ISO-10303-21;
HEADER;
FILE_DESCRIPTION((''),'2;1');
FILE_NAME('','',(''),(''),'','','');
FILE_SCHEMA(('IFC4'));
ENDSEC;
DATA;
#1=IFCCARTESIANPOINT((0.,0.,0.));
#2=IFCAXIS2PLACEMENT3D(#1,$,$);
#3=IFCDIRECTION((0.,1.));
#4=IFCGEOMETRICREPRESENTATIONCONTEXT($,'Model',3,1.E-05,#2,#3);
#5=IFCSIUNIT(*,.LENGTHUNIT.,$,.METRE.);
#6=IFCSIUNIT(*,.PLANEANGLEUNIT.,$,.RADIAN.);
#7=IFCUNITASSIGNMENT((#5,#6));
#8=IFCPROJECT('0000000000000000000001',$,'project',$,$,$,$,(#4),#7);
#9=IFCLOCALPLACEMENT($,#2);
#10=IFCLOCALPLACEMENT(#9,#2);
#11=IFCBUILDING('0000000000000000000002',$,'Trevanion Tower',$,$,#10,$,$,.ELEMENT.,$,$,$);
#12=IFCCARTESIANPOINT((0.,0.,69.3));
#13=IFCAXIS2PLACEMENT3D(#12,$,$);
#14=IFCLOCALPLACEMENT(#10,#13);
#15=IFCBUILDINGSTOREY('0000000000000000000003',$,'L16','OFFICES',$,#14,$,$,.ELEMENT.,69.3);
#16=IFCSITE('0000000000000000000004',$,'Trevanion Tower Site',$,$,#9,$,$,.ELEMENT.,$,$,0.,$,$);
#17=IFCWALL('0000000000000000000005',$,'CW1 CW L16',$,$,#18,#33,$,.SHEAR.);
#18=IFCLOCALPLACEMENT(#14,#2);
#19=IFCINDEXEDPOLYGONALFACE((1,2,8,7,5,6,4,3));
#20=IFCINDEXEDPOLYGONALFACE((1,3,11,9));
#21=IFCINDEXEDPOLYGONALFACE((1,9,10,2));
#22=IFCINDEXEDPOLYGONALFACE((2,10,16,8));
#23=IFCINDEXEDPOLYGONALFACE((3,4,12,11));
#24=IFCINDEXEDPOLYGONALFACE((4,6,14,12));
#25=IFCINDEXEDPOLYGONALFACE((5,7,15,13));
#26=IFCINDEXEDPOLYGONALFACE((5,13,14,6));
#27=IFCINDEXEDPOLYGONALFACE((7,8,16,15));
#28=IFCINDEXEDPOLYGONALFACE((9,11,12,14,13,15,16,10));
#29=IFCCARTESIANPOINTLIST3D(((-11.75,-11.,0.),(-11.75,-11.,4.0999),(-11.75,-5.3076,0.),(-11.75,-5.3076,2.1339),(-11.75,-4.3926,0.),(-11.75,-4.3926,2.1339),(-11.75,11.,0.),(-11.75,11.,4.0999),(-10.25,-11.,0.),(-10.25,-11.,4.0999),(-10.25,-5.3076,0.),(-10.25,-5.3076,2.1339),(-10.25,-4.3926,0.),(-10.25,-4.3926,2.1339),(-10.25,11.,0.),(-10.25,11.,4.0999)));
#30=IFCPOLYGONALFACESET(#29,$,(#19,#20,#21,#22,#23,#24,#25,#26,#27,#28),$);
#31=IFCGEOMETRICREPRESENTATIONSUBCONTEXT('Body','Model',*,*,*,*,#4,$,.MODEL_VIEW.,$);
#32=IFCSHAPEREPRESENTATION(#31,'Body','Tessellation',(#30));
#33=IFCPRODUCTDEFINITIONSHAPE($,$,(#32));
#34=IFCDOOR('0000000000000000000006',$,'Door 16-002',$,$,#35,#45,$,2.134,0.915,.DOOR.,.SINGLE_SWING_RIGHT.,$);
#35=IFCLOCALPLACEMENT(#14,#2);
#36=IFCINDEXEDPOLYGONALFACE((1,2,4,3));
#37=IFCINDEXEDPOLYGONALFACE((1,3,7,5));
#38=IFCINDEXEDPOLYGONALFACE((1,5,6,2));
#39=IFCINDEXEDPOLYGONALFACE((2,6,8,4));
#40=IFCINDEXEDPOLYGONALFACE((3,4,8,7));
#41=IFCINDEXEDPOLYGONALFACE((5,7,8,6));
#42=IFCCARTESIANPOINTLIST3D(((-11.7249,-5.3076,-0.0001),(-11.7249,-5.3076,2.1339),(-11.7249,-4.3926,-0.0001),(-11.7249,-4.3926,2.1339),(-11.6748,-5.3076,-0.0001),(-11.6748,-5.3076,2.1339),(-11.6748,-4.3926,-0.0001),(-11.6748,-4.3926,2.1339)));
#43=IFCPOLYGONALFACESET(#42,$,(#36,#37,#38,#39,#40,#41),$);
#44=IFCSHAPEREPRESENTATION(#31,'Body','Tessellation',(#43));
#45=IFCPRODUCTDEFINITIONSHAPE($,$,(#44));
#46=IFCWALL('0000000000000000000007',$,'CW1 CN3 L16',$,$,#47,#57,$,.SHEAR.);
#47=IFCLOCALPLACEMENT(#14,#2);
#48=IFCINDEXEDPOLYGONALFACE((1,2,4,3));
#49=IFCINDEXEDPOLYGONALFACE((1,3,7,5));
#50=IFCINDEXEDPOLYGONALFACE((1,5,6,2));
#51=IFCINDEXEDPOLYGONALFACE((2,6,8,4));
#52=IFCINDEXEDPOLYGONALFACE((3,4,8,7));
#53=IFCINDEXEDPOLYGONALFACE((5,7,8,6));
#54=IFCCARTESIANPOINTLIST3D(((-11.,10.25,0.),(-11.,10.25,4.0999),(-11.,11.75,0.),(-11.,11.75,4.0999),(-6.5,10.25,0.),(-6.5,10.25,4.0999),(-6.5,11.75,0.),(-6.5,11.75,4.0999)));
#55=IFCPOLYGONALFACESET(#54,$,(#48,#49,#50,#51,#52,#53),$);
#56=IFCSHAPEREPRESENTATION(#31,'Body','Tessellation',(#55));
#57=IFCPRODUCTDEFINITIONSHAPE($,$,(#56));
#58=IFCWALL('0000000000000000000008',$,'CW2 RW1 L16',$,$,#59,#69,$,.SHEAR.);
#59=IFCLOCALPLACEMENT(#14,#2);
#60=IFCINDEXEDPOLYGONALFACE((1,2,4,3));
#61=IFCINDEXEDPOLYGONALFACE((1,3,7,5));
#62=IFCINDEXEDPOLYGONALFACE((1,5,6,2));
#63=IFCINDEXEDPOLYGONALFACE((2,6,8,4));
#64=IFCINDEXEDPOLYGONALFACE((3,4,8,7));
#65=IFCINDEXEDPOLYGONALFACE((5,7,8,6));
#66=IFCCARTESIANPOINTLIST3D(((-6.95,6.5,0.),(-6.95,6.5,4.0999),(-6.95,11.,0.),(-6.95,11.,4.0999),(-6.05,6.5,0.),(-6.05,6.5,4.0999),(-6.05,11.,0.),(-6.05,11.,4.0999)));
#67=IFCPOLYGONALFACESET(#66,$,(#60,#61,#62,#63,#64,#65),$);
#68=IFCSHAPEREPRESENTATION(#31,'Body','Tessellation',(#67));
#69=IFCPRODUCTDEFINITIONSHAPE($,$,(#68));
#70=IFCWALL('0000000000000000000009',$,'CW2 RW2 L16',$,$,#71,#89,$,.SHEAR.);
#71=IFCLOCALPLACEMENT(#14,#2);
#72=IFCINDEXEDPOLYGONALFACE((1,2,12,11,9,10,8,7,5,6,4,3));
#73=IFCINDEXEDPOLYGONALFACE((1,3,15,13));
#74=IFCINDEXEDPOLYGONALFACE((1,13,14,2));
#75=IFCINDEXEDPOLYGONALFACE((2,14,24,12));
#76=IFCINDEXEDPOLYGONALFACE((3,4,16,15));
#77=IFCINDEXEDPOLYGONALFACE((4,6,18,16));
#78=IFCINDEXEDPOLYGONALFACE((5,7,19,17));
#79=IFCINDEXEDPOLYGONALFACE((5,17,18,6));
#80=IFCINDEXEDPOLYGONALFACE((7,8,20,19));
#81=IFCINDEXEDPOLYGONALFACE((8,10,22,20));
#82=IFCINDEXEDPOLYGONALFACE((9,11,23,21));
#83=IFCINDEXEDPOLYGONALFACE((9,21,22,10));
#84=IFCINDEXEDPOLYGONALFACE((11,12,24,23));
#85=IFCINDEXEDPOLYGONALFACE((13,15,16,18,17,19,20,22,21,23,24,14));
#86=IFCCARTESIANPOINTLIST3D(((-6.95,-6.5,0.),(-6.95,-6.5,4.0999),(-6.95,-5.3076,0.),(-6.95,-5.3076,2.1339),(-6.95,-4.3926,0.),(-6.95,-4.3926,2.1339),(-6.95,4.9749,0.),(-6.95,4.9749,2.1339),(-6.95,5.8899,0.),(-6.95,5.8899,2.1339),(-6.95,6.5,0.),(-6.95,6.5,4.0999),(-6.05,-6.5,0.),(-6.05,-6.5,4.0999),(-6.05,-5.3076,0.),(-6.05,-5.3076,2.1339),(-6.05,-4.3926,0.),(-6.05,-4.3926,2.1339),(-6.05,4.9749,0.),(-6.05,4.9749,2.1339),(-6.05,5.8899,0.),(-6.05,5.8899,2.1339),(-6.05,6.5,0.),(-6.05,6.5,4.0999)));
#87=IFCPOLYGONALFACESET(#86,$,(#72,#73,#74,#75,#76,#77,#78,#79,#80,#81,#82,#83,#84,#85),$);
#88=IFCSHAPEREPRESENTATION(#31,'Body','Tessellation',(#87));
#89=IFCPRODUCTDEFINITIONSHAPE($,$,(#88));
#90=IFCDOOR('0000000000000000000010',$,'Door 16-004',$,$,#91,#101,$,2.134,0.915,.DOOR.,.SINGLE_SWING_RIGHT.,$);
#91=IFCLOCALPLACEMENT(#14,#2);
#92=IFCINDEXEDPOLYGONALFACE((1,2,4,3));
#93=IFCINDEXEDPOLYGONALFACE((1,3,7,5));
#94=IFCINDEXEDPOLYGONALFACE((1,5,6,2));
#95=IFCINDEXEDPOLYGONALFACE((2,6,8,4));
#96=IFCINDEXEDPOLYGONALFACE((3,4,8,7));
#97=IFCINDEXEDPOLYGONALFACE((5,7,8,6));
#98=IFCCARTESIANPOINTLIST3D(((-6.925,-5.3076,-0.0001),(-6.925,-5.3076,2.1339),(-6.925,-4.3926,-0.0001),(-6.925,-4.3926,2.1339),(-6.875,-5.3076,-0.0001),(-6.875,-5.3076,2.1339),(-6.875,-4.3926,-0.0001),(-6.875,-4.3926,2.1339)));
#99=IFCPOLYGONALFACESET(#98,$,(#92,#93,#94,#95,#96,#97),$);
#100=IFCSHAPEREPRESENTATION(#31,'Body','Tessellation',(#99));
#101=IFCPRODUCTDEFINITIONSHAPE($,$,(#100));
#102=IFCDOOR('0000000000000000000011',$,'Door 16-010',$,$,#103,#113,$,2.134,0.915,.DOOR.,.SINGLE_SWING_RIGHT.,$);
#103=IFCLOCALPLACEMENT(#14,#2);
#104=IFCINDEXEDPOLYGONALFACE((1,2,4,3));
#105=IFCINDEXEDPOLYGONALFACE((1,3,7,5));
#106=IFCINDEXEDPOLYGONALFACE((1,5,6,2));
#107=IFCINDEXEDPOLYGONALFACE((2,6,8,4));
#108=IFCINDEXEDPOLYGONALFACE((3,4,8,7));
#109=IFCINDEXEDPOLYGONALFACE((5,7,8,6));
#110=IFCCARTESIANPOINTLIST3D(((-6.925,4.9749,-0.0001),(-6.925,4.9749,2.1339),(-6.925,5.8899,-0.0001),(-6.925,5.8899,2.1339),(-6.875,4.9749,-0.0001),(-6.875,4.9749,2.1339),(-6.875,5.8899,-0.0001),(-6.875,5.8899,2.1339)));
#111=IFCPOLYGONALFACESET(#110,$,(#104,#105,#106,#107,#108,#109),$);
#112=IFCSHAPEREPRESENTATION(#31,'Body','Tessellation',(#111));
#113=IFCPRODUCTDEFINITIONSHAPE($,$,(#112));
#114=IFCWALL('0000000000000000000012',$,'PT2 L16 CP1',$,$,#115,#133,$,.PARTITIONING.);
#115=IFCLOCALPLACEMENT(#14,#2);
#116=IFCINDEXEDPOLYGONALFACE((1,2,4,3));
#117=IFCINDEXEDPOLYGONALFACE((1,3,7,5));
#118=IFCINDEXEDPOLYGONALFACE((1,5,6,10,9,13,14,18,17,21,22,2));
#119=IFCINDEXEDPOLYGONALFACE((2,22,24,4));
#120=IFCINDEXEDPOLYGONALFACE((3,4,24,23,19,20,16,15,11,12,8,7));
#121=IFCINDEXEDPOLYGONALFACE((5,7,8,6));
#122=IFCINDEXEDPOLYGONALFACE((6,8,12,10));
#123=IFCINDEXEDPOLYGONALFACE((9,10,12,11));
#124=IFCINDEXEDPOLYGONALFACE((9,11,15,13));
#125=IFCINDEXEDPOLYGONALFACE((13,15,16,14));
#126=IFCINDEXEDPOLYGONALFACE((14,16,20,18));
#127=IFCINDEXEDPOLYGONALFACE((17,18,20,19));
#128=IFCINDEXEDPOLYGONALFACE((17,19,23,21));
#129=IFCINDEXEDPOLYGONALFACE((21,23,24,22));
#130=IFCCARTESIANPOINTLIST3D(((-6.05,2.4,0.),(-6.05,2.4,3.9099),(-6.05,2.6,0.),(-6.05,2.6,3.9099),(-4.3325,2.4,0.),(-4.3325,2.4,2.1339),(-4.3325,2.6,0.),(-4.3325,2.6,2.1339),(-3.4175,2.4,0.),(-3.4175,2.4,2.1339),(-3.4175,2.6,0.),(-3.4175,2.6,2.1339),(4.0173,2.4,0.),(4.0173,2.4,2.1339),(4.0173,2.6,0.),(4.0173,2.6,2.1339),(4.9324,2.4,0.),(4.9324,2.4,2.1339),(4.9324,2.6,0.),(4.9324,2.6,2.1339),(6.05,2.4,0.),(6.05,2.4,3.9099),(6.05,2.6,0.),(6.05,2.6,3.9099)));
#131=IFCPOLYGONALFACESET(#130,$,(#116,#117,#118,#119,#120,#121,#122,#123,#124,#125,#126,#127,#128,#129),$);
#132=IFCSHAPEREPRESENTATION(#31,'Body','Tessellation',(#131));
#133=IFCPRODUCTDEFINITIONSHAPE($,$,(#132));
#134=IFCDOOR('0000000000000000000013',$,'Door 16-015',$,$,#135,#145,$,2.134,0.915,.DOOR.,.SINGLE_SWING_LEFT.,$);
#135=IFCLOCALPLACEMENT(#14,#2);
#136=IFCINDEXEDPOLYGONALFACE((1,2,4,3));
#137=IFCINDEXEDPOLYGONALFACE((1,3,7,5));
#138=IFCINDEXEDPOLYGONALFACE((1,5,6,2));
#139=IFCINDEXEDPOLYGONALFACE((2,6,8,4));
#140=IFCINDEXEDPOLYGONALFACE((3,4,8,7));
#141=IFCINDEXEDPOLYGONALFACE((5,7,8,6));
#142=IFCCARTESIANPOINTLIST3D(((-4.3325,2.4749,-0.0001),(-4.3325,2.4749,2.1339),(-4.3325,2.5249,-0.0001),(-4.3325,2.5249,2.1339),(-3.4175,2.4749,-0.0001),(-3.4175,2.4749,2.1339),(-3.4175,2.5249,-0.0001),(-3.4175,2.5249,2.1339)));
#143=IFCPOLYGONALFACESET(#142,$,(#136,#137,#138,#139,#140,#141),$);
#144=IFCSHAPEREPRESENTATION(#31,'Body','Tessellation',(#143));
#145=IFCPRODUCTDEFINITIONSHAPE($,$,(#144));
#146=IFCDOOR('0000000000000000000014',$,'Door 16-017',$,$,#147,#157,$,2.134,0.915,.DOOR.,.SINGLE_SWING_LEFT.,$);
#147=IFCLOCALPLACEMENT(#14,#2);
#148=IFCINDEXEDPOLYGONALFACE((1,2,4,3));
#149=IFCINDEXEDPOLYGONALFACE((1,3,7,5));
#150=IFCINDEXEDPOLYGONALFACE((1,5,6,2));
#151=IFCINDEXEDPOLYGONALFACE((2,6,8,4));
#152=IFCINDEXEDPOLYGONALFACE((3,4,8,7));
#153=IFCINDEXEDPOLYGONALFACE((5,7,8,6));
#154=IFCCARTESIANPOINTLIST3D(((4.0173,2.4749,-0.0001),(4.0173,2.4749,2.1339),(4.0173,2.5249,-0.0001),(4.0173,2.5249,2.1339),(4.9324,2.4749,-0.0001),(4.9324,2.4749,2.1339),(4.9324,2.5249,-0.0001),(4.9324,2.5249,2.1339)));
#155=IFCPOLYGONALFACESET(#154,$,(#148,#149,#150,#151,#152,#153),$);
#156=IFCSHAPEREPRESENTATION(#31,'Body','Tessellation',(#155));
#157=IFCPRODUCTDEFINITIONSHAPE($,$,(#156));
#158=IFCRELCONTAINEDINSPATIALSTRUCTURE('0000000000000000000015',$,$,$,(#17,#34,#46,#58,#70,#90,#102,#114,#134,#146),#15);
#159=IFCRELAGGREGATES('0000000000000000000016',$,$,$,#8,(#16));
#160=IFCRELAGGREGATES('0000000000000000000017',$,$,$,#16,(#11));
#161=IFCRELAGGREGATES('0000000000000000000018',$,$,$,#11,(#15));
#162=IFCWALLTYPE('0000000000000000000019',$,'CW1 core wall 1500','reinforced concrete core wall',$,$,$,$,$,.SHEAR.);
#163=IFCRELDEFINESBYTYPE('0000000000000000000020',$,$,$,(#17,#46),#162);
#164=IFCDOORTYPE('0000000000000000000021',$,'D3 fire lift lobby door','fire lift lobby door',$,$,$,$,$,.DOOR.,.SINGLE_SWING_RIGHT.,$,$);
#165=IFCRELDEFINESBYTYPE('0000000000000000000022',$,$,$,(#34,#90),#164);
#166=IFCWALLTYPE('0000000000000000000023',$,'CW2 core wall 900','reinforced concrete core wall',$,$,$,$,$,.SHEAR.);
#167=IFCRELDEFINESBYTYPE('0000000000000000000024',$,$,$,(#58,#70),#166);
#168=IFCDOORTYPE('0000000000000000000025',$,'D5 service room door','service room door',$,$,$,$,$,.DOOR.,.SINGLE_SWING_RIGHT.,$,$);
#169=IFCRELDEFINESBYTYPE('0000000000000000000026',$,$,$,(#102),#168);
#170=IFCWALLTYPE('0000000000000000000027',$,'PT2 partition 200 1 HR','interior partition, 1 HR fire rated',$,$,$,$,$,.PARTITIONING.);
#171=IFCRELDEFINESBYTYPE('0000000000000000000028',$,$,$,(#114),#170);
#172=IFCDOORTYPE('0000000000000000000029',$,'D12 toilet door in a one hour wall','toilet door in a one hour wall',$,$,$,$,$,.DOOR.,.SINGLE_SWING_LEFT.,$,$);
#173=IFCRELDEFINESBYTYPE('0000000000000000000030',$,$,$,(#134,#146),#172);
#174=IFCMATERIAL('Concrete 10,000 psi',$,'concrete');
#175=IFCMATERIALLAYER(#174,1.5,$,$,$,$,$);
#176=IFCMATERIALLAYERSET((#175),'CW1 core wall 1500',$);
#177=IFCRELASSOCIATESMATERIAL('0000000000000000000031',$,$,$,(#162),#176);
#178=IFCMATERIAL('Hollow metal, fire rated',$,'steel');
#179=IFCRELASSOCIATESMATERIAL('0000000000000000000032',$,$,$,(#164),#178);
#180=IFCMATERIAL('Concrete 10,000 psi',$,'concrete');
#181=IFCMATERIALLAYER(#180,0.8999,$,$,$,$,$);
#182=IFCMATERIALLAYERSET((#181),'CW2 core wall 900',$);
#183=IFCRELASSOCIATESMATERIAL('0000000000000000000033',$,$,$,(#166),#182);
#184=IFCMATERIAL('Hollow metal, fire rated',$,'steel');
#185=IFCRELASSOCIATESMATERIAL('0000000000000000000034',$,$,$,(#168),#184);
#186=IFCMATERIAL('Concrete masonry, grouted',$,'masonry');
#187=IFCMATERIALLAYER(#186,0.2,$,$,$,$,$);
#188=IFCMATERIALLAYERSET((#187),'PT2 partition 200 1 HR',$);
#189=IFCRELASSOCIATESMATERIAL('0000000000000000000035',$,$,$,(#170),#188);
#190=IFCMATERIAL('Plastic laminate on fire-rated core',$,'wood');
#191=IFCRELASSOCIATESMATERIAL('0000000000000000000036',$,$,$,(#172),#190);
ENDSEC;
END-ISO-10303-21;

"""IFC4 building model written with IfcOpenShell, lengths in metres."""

from ifc_helpers import new_model, si_unit, direction, frame, frame_2d, origin, place, context, subcontext, project, spatial, rectangle, extrude, material, layer, layer_set, type_object, element, fill, save


model = new_model("IFC4")

# Units and contexts
model_context = context("Model", 3, precision=1e-05, world=origin(), true_north=direction((0.0, 1.0)))
body_context = subcontext(model_context, "Body", "Model", "MODEL_VIEW")
ifc_project = project(units=[si_unit("LENGTHUNIT", "METRE"), si_unit("PLANEANGLEUNIT", "RADIAN")], contexts=[model_context])

# Site, building, storey
site_placement = place(None, origin())
site = spatial("IfcSite", under=ifc_project, at=site_placement, Name="Trevanion Tower Site", CompositionType="ELEMENT", RefElevation=0.0)
building_placement = place(site_placement, origin())
building = spatial("IfcBuilding", under=site, at=building_placement, Name="Trevanion Tower", CompositionType="ELEMENT")
storey_placement = place(building_placement, frame((0.0, 0.0, 69.3)))
storey = spatial("IfcBuildingStorey", under=building, at=storey_placement, Name="L16", Description="OFFICES", CompositionType="ELEMENT", Elevation=69.3)

# Wall, opening, door
ifc_material_1 = material(Name="Concrete 10,000 psi", Category="concrete")
ifc_layer_1 = layer(ifc_material_1, 1.5)
ifc_layer_set_1 = layer_set([ifc_layer_1], Name="CW1 core wall 1500")
wall_type_1 = type_object("IfcWallType", Name="CW1 core wall 1500", Description="reinforced concrete core wall", PredefinedType="SHEAR", material=ifc_layer_set_1)
wall_1_placement = place(storey_placement, frame((-11.0, 11.0, 0.0), z_axis=(0.0, 0.0, 1.0), x_axis=(0.0, -1.0, 0.0)))
wall_1 = element("IfcWall", 1, at=wall_1_placement, inside=storey, type_object=wall_type_1, Name="CW1 CW L16", PredefinedType="SHEAR", context=body_context, shape_type="SweptSolid", body=[
    extrude(rectangle(XDim=22.0, YDim=1.5, at=frame_2d((11.0, 0.0))), origin(), (0.0, 0.0, 1.0), 4.0999),
])
opening_1_placement = place(wall_1_placement, frame((15.3926, 0.0, 0.0)))
opening_1 = element("IfcOpeningElement", 2, at=opening_1_placement, cuts=wall_1, PredefinedType="OPENING", context=body_context, shape_type="SweptSolid", body=[
    extrude(rectangle(XDim=0.915, YDim=2.134, at=frame_2d((0.4575, 1.0669))), frame((0.0, 0.76, 0.0), z_axis=(0.0, -1.0, 0.0), x_axis=(1.0, 0.0, 0.0)), (0.0, 0.0, 1.0), 1.52),
])
ifc_material_2 = material(Name="Hollow metal, fire rated", Category="steel")
door_type_1 = type_object("IfcDoorType", Name="D3 fire lift lobby door", Description="fire lift lobby door", OperationType="SINGLE_SWING_RIGHT", PredefinedType="DOOR", material=ifc_material_2)
door_1_placement = place(opening_1_placement, origin())
door_1 = element("IfcDoor", 3, at=door_1_placement, inside=storey, type_object=door_type_1, Name="Door 16-002", OperationType="SINGLE_SWING_RIGHT", OverallHeight=2.134, OverallWidth=0.915, PredefinedType="DOOR", context=body_context, shape_type="SweptSolid", body=[
    extrude(rectangle(XDim=0.915, YDim=2.134, at=frame_2d((0.4575, 1.0669))), frame((0.0, -0.6748, 0.0), z_axis=(0.0, -1.0, 0.0), x_axis=(1.0, 0.0, 0.0)), (0.0, 0.0, 1.0), 0.05),
])
fill(opening_1, door_1)

# Walls
wall_2_placement = place(storey_placement, frame((-6.5, 11.0, 0.0), z_axis=(0.0, 0.0, 1.0), x_axis=(-1.0, 0.0, 0.0)))
element("IfcWall", 4, at=wall_2_placement, inside=storey, type_object=wall_type_1, Name="CW1 CN3 L16", PredefinedType="SHEAR", context=body_context, shape_type="SweptSolid", body=[
    extrude(rectangle(XDim=4.5, YDim=1.5, at=frame_2d((2.25, 0.0))), origin(), (0.0, 0.0, 1.0), 4.0999),
])
ifc_material_3 = material(Name="Concrete 10,000 psi", Category="concrete")
ifc_layer_2 = layer(ifc_material_3, 0.8999)
ifc_layer_set_2 = layer_set([ifc_layer_2], Name="CW2 core wall 900")
wall_type_2 = type_object("IfcWallType", Name="CW2 core wall 900", Description="reinforced concrete core wall", PredefinedType="SHEAR", material=ifc_layer_set_2)
wall_3_placement = place(storey_placement, frame((-6.5, 11.0, 0.0), z_axis=(0.0, 0.0, 1.0), x_axis=(0.0, -1.0, 0.0)))
element("IfcWall", 5, at=wall_3_placement, inside=storey, type_object=wall_type_2, Name="CW2 RW1 L16", PredefinedType="SHEAR", context=body_context, shape_type="SweptSolid", body=[
    extrude(rectangle(XDim=4.5, YDim=0.8999, at=frame_2d((2.25, 0.0))), origin(), (0.0, 0.0, 1.0), 4.0999),
])

# Walls, openings, doors
wall_4_placement = place(storey_placement, frame((-6.5, 6.5, 0.0), z_axis=(0.0, 0.0, 1.0), x_axis=(0.0, -1.0, 0.0)))
wall_4 = element("IfcWall", 6, at=wall_4_placement, inside=storey, type_object=wall_type_2, Name="CW2 RW2 L16", PredefinedType="SHEAR", context=body_context, shape_type="SweptSolid", body=[
    extrude(rectangle(XDim=13.0, YDim=0.8999, at=frame_2d((6.5, 0.0))), origin(), (0.0, 0.0, 1.0), 4.0999),
])
opening_2_placement = place(wall_4_placement, frame((10.8926, 0.0, 0.0)))
opening_2 = element("IfcOpeningElement", 7, at=opening_2_placement, cuts=wall_4, PredefinedType="OPENING", context=body_context, shape_type="SweptSolid", body=[
    extrude(rectangle(XDim=0.915, YDim=2.134, at=frame_2d((0.4575, 1.0669))), frame((0.0, 0.46, 0.0), z_axis=(0.0, -1.0, 0.0), x_axis=(1.0, 0.0, 0.0)), (0.0, 0.0, 1.0), 0.9199),
])
opening_3_placement = place(wall_4_placement, frame((0.6101, 0.0, 0.0)))
opening_3 = element("IfcOpeningElement", 8, at=opening_3_placement, cuts=wall_4, PredefinedType="OPENING", context=body_context, shape_type="SweptSolid", body=[
    extrude(rectangle(XDim=0.915, YDim=2.134, at=frame_2d((0.4575, 1.0669))), frame((0.0, 0.46, 0.0), z_axis=(0.0, -1.0, 0.0), x_axis=(1.0, 0.0, 0.0)), (0.0, 0.0, 1.0), 0.9199),
])
door_2_placement = place(opening_2_placement, origin())
door_2 = element("IfcDoor", 9, at=door_2_placement, inside=storey, type_object=door_type_1, Name="Door 16-004", OperationType="SINGLE_SWING_RIGHT", OverallHeight=2.134, OverallWidth=0.915, PredefinedType="DOOR", context=body_context, shape_type="SweptSolid", body=[
    extrude(rectangle(XDim=0.915, YDim=2.134, at=frame_2d((0.4575, 1.0669))), frame((0.0, -0.375, 0.0), z_axis=(0.0, -1.0, 0.0), x_axis=(1.0, 0.0, 0.0)), (0.0, 0.0, 1.0), 0.05),
])
fill(opening_2, door_2)
ifc_material_4 = material(Name="Hollow metal, fire rated", Category="steel")
door_type_2 = type_object("IfcDoorType", Name="D5 service room door", Description="service room door", OperationType="SINGLE_SWING_RIGHT", PredefinedType="DOOR", material=ifc_material_4)
door_3_placement = place(opening_3_placement, origin())
door_3 = element("IfcDoor", 10, at=door_3_placement, inside=storey, type_object=door_type_2, Name="Door 16-010", OperationType="SINGLE_SWING_RIGHT", OverallHeight=2.134, OverallWidth=0.915, PredefinedType="DOOR", context=body_context, shape_type="SweptSolid", body=[
    extrude(rectangle(XDim=0.915, YDim=2.134, at=frame_2d((0.4575, 1.0669))), frame((0.0, -0.375, 0.0), z_axis=(0.0, -1.0, 0.0), x_axis=(1.0, 0.0, 0.0)), (0.0, 0.0, 1.0), 0.05),
])
fill(opening_3, door_3)
ifc_material_5 = material(Name="Concrete masonry, grouted", Category="masonry")
ifc_layer_3 = layer(ifc_material_5, 0.2)
ifc_layer_set_3 = layer_set([ifc_layer_3], Name="PT2 partition 200 1 HR")
wall_type_3 = type_object("IfcWallType", Name="PT2 partition 200 1 HR", Description="interior partition, 1 HR fire rated", PredefinedType="PARTITIONING", material=ifc_layer_set_3)
wall_5_placement = place(storey_placement, frame((-6.05, 2.5, 0.0), z_axis=(0.0, 0.0, 1.0), x_axis=(1.0, 0.0, 0.0)))
wall_5 = element("IfcWall", 11, at=wall_5_placement, inside=storey, type_object=wall_type_3, Name="PT2 L16 CP1", PredefinedType="PARTITIONING", context=body_context, shape_type="SweptSolid", body=[
    extrude(rectangle(XDim=12.1001, YDim=0.2, at=frame_2d((6.05, 0.0))), origin(), (0.0, 0.0, 1.0), 3.9099),
])
opening_4_placement = place(wall_5_placement, frame((1.7175, 0.0, 0.0)))
opening_4 = element("IfcOpeningElement", 12, at=opening_4_placement, cuts=wall_5, PredefinedType="OPENING", context=body_context, shape_type="SweptSolid", body=[
    extrude(rectangle(XDim=0.915, YDim=2.134, at=frame_2d((0.4575, 1.0669))), frame((0.0, 0.1099, 0.0), z_axis=(0.0, -1.0, 0.0), x_axis=(1.0, 0.0, 0.0)), (0.0, 0.0, 1.0), 0.22),
])
opening_5_placement = place(wall_5_placement, frame((10.0674, 0.0, 0.0)))
opening_5 = element("IfcOpeningElement", 13, at=opening_5_placement, cuts=wall_5, PredefinedType="OPENING", context=body_context, shape_type="SweptSolid", body=[
    extrude(rectangle(XDim=0.915, YDim=2.134, at=frame_2d((0.4575, 1.0669))), frame((0.0, 0.1099, 0.0), z_axis=(0.0, -1.0, 0.0), x_axis=(1.0, 0.0, 0.0)), (0.0, 0.0, 1.0), 0.22),
])
ifc_material_6 = material(Name="Plastic laminate on fire-rated core", Category="wood")
door_type_3 = type_object("IfcDoorType", Name="D12 toilet door in a one hour wall", Description="toilet door in a one hour wall", OperationType="SINGLE_SWING_LEFT", PredefinedType="DOOR", material=ifc_material_6)
door_4_placement = place(opening_4_placement, origin())
door_4 = element("IfcDoor", 14, at=door_4_placement, inside=storey, type_object=door_type_3, Name="Door 16-015", OperationType="SINGLE_SWING_LEFT", OverallHeight=2.134, OverallWidth=0.915, PredefinedType="DOOR", context=body_context, shape_type="SweptSolid", body=[
    extrude(rectangle(XDim=0.915, YDim=2.134, at=frame_2d((0.4575, 1.0669))), frame((0.0, 0.0249, 0.0), z_axis=(0.0, -1.0, 0.0), x_axis=(1.0, 0.0, 0.0)), (0.0, 0.0, 1.0), 0.05),
])
fill(opening_4, door_4)
door_5_placement = place(opening_5_placement, origin())
door_5 = element("IfcDoor", 15, at=door_5_placement, inside=storey, type_object=door_type_3, Name="Door 16-017", OperationType="SINGLE_SWING_LEFT", OverallHeight=2.134, OverallWidth=0.915, PredefinedType="DOOR", context=body_context, shape_type="SweptSolid", body=[
    extrude(rectangle(XDim=0.915, YDim=2.134, at=frame_2d((0.4575, 1.0669))), frame((0.0, 0.0249, 0.0), z_axis=(0.0, -1.0, 0.0), x_axis=(1.0, 0.0, 0.0)), (0.0, 0.0, 1.0), 0.05),
])
fill(opening_5, door_5)

save(model, "model.ifc")
